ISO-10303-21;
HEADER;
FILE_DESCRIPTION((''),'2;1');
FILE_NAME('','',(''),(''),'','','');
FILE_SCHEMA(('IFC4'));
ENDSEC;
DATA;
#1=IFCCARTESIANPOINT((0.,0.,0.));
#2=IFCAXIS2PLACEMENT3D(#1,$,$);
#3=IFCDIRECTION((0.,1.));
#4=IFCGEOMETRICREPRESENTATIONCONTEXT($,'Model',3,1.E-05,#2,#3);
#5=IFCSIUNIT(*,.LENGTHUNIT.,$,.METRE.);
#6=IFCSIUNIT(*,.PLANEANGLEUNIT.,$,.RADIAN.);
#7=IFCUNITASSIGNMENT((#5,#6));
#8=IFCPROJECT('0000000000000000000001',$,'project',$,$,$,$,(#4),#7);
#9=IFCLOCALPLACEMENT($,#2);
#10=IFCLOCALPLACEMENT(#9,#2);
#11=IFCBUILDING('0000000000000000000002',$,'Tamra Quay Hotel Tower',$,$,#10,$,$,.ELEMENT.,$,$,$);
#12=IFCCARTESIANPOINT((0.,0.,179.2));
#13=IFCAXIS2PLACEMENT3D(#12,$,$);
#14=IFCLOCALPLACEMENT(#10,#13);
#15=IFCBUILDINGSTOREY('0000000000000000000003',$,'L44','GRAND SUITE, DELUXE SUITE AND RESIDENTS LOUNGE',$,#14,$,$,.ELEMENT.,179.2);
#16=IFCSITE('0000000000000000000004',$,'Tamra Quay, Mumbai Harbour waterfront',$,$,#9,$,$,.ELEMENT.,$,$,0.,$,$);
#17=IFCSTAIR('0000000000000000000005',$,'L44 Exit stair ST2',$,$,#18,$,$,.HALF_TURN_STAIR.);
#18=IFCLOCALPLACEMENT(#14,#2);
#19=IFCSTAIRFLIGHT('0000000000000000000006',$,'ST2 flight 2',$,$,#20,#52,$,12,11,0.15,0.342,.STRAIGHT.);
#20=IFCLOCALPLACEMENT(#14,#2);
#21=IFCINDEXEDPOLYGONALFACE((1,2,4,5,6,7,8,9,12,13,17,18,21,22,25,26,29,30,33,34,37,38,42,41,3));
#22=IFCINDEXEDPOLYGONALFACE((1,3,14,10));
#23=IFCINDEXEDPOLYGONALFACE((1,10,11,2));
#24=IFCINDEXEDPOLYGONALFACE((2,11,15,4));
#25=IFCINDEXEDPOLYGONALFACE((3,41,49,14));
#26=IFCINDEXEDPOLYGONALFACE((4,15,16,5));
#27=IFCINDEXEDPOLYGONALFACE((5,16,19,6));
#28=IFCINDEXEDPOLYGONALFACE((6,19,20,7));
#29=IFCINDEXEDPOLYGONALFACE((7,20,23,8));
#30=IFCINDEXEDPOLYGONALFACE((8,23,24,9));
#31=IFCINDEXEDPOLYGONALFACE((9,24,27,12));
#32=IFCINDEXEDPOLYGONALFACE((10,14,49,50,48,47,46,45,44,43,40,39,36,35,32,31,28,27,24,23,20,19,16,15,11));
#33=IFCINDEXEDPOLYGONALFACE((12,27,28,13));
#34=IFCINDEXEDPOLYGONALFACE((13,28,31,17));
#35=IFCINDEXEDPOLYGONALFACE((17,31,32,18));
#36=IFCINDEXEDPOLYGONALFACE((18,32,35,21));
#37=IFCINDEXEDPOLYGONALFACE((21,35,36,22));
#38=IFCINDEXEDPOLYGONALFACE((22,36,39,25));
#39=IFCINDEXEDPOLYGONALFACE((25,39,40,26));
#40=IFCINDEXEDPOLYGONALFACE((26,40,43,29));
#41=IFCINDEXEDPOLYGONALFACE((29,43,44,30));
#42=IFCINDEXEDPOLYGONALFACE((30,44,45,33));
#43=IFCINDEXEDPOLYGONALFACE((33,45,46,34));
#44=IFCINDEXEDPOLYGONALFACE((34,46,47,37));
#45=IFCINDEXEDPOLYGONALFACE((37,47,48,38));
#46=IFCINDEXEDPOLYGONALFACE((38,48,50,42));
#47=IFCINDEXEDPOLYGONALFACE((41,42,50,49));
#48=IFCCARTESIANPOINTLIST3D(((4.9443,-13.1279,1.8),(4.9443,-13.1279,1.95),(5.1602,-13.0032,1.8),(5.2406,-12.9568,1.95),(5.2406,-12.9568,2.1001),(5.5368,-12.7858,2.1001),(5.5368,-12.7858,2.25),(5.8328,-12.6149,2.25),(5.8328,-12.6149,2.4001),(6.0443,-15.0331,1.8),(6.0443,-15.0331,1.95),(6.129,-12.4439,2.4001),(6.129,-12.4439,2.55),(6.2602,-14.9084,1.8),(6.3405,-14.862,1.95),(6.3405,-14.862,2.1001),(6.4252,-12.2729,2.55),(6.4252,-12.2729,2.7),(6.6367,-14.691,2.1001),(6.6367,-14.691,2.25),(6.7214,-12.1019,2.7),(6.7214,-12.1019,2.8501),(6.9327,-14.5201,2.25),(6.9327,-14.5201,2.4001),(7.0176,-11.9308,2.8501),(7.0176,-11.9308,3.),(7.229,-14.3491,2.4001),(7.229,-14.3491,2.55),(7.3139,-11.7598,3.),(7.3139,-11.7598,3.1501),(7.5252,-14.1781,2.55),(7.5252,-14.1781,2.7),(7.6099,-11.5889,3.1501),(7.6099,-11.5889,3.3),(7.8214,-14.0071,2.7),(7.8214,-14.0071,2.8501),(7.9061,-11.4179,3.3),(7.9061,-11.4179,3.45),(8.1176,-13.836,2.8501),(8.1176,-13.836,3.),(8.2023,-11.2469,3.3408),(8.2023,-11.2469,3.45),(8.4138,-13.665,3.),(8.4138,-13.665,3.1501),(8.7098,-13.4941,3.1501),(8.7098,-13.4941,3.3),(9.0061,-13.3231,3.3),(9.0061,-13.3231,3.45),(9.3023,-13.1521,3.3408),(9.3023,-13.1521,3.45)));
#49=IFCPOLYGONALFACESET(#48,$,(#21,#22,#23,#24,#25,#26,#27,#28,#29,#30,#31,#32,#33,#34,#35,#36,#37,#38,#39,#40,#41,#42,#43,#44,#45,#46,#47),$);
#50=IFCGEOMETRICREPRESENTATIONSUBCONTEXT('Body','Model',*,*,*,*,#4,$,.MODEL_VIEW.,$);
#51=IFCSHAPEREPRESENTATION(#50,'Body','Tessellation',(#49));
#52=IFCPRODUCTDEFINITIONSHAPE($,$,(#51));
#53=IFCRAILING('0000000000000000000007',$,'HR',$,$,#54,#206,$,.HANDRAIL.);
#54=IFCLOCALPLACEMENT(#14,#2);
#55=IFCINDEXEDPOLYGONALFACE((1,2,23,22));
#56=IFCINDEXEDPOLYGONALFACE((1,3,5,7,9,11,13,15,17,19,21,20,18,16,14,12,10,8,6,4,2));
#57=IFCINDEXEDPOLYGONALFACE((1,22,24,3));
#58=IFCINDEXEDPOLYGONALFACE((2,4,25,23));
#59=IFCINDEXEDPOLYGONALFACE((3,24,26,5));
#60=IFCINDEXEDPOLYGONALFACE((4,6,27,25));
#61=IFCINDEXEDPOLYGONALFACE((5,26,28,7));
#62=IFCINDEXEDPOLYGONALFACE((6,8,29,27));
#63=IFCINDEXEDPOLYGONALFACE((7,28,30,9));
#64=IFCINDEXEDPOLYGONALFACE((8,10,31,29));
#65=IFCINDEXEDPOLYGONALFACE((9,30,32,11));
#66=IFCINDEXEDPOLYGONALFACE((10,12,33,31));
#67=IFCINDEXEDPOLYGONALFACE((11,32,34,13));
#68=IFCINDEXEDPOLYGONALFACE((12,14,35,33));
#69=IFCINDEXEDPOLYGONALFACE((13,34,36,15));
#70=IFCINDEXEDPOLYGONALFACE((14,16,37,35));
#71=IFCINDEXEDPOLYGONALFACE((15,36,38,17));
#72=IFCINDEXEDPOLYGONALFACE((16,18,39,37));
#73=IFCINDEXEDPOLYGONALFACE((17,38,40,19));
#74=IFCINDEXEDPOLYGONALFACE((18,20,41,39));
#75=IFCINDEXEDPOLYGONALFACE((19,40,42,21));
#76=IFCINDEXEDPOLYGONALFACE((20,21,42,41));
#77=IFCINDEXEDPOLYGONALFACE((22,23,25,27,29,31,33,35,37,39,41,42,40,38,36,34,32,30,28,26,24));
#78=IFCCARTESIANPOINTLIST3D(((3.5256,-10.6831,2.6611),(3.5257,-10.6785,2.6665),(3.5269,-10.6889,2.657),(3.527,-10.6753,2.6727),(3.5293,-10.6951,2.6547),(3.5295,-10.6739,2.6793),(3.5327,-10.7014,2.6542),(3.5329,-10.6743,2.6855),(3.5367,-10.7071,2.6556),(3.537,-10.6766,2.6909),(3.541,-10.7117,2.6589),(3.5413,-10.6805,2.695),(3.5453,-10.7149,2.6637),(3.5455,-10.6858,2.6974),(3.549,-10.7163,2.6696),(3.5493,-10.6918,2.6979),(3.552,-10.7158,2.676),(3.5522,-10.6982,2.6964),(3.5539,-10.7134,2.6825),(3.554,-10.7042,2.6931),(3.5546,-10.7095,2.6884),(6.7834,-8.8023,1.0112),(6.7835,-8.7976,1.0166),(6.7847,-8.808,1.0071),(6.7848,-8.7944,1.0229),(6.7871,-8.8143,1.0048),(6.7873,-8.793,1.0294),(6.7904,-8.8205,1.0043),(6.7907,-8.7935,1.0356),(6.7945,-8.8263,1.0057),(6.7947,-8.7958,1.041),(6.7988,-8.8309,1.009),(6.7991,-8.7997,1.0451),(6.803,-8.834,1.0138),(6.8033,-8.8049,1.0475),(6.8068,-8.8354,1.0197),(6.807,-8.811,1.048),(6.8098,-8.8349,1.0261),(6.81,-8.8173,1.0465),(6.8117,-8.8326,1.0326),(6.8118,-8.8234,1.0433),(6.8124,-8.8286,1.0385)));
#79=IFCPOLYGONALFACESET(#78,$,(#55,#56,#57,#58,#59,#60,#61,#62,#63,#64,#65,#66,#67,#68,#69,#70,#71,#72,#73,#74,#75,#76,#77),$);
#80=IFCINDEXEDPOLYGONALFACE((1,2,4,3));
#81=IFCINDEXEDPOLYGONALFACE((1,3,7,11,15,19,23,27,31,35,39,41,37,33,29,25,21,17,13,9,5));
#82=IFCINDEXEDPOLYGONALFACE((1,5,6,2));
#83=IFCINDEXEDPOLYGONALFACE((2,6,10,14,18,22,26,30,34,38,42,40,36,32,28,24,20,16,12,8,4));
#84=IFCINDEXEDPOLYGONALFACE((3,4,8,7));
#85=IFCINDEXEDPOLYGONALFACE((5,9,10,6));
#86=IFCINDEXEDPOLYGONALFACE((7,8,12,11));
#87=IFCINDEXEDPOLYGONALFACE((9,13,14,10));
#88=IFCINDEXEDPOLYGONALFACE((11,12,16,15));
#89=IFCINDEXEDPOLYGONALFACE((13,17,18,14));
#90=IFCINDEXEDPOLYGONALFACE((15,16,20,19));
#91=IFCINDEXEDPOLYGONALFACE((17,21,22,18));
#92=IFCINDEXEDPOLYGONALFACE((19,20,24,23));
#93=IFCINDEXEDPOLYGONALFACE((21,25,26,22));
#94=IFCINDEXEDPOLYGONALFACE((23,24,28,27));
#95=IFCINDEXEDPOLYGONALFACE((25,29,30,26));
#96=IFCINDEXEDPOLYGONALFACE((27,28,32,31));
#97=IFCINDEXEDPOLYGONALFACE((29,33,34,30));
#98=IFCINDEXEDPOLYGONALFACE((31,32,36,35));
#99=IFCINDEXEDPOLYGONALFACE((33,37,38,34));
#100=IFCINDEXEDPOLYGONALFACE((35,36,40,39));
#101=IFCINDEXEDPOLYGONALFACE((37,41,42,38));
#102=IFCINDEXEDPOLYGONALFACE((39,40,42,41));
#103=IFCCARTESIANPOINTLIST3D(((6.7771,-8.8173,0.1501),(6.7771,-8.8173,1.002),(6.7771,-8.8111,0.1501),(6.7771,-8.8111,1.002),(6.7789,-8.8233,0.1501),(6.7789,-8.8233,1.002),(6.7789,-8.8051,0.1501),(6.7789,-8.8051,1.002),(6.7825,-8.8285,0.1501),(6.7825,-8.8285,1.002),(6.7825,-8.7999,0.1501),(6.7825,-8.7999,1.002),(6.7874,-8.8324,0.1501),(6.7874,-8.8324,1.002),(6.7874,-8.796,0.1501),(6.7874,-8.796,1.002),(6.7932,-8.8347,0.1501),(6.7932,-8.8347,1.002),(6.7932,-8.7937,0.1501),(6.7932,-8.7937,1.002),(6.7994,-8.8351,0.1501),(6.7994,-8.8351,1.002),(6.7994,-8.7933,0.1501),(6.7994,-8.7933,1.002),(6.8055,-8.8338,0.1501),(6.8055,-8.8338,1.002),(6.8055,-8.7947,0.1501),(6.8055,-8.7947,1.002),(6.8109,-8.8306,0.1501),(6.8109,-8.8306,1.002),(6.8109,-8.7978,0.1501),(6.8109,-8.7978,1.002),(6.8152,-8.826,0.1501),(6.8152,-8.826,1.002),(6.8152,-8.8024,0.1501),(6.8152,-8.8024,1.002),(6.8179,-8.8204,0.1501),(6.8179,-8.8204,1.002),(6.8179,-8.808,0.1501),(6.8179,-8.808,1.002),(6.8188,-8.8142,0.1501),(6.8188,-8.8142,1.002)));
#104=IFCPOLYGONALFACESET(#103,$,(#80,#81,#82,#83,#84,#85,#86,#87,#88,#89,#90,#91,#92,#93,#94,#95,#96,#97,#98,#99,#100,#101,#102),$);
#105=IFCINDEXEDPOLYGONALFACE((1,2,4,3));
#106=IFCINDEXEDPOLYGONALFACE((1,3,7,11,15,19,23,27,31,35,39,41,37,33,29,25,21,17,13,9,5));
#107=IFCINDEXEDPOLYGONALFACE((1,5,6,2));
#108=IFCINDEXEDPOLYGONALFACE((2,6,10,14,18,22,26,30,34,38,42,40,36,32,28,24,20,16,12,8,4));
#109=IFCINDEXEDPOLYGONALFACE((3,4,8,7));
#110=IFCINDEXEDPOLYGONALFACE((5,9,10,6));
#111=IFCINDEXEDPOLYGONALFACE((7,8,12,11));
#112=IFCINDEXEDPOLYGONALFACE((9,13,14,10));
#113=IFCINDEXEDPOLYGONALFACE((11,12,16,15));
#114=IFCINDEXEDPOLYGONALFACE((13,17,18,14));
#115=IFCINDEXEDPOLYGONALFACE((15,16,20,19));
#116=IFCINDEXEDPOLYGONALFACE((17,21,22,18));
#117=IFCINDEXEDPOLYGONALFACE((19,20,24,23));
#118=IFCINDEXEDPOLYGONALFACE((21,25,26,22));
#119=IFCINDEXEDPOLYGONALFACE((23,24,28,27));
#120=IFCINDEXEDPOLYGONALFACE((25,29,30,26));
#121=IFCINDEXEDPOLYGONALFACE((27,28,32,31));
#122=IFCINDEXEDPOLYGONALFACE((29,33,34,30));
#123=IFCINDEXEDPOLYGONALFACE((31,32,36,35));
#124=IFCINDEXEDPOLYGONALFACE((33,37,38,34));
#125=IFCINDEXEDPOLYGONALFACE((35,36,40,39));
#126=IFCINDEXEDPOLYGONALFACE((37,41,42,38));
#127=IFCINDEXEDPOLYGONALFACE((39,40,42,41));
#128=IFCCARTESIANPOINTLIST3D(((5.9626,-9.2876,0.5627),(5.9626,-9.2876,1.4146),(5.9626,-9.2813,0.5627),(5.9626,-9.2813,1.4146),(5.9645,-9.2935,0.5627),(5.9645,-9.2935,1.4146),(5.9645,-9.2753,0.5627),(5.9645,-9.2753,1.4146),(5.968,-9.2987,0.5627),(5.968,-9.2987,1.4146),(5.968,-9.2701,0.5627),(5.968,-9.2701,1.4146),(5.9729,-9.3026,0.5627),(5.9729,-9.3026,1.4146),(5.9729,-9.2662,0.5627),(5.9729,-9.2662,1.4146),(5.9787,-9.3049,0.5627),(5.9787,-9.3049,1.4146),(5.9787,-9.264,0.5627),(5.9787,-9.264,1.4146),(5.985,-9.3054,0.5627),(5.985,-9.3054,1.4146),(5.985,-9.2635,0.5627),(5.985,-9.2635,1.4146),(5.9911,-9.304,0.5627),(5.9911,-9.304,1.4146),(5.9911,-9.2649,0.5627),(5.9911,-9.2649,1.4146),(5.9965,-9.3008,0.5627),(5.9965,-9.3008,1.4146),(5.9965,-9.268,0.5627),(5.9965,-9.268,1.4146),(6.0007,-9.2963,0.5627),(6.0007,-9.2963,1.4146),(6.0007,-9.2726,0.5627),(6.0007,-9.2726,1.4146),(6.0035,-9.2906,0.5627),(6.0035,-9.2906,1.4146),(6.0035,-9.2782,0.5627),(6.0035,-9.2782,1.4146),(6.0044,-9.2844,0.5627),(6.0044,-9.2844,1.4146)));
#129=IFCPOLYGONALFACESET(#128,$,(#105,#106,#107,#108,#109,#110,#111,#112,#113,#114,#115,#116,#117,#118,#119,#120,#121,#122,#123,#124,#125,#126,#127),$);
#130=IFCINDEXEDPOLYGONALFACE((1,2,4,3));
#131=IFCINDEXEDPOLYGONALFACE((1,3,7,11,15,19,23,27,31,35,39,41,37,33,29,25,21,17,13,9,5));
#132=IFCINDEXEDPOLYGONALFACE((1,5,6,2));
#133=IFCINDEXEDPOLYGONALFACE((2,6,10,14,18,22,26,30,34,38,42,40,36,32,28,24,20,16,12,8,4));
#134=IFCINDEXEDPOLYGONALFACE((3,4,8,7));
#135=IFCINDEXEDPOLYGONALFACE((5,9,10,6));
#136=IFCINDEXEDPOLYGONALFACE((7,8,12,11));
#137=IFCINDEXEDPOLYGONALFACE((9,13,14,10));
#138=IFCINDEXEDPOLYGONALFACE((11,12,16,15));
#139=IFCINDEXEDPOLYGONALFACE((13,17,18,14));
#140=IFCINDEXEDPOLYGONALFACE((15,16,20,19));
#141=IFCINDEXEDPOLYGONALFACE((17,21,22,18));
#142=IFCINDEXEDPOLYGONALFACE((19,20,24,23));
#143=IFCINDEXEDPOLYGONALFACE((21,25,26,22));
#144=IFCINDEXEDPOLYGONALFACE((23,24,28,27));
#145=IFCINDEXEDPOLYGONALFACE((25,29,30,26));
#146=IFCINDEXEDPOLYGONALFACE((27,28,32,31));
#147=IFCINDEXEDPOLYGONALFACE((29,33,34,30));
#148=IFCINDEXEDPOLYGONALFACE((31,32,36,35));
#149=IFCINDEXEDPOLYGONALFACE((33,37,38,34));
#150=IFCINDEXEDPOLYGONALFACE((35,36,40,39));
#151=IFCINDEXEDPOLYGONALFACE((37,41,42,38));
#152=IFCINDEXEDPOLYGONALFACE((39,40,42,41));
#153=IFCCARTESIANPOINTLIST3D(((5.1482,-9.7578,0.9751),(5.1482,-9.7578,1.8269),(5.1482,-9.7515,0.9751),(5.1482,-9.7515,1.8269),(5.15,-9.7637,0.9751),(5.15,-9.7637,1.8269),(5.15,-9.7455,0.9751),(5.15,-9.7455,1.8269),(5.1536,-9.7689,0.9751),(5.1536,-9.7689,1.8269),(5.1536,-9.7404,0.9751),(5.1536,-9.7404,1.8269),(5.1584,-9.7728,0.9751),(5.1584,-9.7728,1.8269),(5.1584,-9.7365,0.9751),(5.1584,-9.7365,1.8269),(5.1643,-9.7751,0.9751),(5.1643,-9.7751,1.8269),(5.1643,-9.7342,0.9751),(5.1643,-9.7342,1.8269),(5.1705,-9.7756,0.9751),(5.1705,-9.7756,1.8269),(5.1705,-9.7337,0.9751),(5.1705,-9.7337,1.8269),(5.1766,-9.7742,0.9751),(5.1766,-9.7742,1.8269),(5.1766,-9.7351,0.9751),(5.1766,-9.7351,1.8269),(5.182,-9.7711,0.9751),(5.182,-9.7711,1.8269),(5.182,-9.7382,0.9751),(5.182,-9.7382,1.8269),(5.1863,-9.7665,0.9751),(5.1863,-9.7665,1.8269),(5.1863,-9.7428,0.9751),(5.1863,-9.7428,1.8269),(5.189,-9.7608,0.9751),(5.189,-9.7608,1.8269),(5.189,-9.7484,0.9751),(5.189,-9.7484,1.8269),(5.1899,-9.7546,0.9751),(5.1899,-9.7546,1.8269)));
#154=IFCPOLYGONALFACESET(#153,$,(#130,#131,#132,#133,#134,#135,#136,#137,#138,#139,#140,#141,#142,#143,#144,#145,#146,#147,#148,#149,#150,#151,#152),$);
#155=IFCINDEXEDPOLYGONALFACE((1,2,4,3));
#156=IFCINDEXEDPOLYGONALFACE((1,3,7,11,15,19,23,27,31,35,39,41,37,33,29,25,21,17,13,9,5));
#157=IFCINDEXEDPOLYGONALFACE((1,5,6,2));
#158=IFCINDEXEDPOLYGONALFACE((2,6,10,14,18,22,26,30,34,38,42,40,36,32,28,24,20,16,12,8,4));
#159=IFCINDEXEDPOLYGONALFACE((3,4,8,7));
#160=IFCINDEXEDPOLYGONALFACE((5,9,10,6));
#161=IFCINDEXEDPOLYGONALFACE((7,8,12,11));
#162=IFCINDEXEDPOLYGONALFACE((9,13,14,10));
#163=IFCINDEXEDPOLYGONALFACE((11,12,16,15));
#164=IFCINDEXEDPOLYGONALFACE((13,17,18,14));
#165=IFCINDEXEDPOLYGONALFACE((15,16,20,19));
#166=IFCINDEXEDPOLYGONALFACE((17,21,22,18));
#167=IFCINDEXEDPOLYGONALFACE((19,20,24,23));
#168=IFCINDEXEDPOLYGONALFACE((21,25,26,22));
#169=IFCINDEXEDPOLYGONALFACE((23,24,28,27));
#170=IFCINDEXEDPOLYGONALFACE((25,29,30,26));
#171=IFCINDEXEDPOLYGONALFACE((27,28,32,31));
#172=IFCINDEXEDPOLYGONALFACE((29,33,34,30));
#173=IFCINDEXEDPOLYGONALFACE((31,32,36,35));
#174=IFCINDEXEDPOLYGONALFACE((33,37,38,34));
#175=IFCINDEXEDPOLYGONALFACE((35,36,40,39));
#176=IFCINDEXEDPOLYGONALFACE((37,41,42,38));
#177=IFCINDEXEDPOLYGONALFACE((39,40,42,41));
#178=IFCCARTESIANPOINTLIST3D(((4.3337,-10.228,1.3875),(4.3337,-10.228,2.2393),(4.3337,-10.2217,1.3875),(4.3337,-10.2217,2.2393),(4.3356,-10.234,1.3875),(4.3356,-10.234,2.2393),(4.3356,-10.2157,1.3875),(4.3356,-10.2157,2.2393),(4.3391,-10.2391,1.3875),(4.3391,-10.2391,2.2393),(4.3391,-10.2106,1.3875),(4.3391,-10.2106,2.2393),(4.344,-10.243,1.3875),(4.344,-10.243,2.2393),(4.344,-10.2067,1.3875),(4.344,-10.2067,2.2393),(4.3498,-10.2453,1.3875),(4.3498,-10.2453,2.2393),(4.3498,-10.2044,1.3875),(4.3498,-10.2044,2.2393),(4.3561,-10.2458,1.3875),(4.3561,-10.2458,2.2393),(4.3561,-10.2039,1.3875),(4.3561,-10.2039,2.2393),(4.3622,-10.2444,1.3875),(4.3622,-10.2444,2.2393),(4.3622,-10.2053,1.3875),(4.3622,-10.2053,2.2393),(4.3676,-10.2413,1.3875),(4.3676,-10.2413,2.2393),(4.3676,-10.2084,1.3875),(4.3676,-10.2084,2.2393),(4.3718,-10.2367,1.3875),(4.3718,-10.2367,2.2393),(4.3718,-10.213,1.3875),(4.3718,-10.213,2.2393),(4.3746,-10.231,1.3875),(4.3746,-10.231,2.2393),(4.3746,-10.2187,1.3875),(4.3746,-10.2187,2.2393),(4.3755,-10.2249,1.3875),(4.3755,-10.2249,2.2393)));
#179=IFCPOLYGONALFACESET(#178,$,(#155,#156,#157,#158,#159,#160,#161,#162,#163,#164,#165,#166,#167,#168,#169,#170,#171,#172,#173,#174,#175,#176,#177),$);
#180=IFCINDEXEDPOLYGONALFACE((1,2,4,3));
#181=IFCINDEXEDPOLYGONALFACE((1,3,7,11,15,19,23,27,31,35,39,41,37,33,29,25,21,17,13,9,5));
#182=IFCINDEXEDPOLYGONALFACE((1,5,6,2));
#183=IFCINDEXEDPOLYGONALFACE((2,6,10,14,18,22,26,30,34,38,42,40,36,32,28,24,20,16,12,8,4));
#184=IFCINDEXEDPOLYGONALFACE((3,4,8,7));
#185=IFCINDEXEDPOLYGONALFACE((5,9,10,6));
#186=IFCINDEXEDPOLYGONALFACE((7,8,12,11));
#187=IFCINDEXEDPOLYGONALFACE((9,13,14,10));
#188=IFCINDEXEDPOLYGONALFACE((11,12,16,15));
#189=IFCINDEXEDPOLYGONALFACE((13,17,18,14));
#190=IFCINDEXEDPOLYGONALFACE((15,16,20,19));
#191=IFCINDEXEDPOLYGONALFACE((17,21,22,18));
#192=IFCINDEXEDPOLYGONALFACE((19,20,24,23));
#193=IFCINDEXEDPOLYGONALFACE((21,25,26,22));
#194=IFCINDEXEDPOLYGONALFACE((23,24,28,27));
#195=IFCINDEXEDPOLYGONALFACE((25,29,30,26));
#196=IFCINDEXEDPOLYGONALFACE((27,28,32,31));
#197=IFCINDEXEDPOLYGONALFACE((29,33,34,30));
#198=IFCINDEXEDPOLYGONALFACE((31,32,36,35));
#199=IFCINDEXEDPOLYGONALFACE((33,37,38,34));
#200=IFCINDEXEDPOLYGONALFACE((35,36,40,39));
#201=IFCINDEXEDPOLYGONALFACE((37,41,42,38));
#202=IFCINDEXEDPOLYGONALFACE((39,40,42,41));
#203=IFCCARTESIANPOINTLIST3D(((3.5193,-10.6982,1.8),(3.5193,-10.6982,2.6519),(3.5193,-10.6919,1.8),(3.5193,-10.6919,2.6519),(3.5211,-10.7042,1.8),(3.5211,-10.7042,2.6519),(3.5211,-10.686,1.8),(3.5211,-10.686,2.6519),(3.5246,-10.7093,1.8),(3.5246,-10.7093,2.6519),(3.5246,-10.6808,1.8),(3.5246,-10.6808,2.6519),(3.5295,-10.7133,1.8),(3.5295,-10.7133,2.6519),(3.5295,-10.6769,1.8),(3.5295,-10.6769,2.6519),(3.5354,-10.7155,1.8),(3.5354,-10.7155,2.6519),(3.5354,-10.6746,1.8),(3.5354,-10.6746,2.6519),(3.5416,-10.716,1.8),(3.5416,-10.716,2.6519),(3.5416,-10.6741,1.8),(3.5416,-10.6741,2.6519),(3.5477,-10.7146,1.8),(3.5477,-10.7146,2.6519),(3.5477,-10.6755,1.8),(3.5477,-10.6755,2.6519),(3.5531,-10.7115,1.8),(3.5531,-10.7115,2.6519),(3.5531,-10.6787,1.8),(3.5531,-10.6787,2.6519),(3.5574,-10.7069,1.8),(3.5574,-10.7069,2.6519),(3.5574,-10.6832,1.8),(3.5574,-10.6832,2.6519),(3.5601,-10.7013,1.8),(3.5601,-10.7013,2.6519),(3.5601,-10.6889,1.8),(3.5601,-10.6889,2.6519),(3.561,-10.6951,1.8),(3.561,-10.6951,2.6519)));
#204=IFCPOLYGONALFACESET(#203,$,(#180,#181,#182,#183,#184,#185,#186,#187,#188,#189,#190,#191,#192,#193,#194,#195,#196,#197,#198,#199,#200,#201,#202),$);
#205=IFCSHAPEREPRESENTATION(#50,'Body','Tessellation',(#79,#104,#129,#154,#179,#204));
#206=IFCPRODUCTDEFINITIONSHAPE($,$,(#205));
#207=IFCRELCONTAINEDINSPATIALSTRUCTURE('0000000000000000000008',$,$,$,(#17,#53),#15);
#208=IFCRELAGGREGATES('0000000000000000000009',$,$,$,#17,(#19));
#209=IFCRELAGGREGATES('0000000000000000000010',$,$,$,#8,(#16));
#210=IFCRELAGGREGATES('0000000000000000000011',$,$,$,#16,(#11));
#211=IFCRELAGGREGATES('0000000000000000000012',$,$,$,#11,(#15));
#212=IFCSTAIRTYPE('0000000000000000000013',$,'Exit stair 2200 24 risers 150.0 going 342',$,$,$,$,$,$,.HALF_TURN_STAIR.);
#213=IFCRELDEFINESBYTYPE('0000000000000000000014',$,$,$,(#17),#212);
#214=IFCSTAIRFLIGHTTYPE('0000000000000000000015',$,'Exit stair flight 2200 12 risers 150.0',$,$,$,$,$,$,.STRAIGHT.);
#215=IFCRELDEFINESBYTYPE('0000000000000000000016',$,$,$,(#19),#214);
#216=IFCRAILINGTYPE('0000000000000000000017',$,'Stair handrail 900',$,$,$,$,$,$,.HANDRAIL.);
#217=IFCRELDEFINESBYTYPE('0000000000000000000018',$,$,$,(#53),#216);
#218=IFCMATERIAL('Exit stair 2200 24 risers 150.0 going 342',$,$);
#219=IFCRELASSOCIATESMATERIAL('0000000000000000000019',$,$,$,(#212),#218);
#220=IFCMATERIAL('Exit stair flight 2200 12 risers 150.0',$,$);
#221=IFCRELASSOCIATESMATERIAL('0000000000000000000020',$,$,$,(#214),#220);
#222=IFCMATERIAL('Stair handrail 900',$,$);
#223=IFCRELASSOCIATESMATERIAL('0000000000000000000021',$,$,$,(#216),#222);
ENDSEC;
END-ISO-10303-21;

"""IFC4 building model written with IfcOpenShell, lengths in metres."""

from ifc_helpers import new_model, si_unit, direction, frame, origin, origin_2d, place, context, subcontext, project, spatial, polyline, circle, outline, extrude, material, type_object, element, aggregate, save


model = new_model("IFC4")

# Units and contexts
model_context = context("Model", 3, precision=1e-05, world=origin(), true_north=direction((0.0, 1.0)))
body_context = subcontext(model_context, "Body", "Model", "MODEL_VIEW")
ifc_project = project(units=[si_unit("LENGTHUNIT", "METRE"), si_unit("PLANEANGLEUNIT", "RADIAN")], contexts=[model_context])

# Site, building, storey
site_placement = place(None, origin())
site = spatial("IfcSite", under=ifc_project, at=site_placement, Name="Tamra Quay, Mumbai Harbour waterfront", CompositionType="ELEMENT", RefElevation=0.0)
building_placement = place(site_placement, origin())
building = spatial("IfcBuilding", under=site, at=building_placement, Name="Tamra Quay Hotel Tower", CompositionType="ELEMENT")
storey_placement = place(building_placement, frame((0.0, 0.0, 179.2)))
storey = spatial("IfcBuildingStorey", under=building, at=storey_placement, Name="L44", Description="GRAND SUITE, DELUXE SUITE AND RESIDENTS LOUNGE", CompositionType="ELEMENT", Elevation=179.2)

# Stair, stair flight
ifc_material_1 = material(Name="Exit stair 2200 24 risers 150.0 going 342")
stair_type = type_object("IfcStairType", Name="Exit stair 2200 24 risers 150.0 going 342", PredefinedType="HALF_TURN_STAIR", material=ifc_material_1)
stair_placement = place(storey_placement, origin())
stair = element("IfcStair", 1, at=stair_placement, inside=storey, type_object=stair_type, Name="L44 Exit stair ST2", PredefinedType="HALF_TURN_STAIR")
ifc_material_2 = material(Name="Exit stair flight 2200 12 risers 150.0")
stair_flight_type = type_object("IfcStairFlightType", Name="Exit stair flight 2200 12 risers 150.0", PredefinedType="STRAIGHT", material=ifc_material_2)
stair_flight_1_placement = place(storey_placement, frame((5.4944, -14.0806, 1.8), z_axis=(0.0, 0.0, 1.0), x_axis=(0.866025, 0.5, 0.0)))
stair_flight_1 = element("IfcStairFlight", 2, at=stair_flight_1_placement, type_object=stair_flight_type, Name="ST2 flight 2", NumberOfRisers=12, NumberOfTreads=11, PredefinedType="STRAIGHT", RiserHeight=0.15, TreadLength=0.342, context=body_context, shape_type="SweptSolid", body=[
    extrude(outline(polyline([(0.0, 0.0), (0.0, 0.1499), (0.342, 0.1499), (0.342, 0.3), (0.6841, 0.3), (0.6841, 0.45), (1.0259, 0.45), (1.0259, 0.6001), (1.3679, 0.6001), (1.3679, 0.75), (1.71, 0.75), (1.71, 0.8999), (2.052, 0.8999), (2.052, 1.05), (2.394, 1.05), (2.394, 1.2), (2.7361, 1.2), (2.7361, 1.3501), (3.0779, 1.3501), (3.0779, 1.5), (3.4199, 1.5), (3.4199, 1.6499), (3.762, 1.6499), (3.762, 1.8), (3.762, 1.5408), (0.2493, 0.0), (0.0, 0.0)])), frame((0.0, 1.1001, 0.0), z_axis=(0.0, -1.0, 0.0), x_axis=(1.0, 0.0, 0.0)), (0.0, 0.0, 1.0), 2.2),
])
aggregate(stair, [stair_flight_1])

# Railing
ifc_material_3 = material(Name="Stair handrail 900")
railing_type_1 = type_object("IfcRailingType", Name="Stair handrail 900", PredefinedType="HANDRAIL", material=ifc_material_3)
railing_1_placement = place(storey_placement, frame((6.7979, -8.8142, 0.1501)))
element("IfcRailing", 3, at=railing_1_placement, inside=storey, type_object=railing_type_1, Name="HR", PredefinedType="HANDRAIL", context=body_context, shape_type="SweptSolid", body=[
    extrude(circle(Radius=0.0239, at=origin_2d()), frame((0.0, 0.0, 0.876), z_axis=(-0.7931, -0.457887, 0.401661), x_axis=(0.499992, -0.86603, 0.0)), (0.0, 0.0, 1.0), 4.1077),
    extrude(circle(Radius=0.021, at=origin_2d()), origin(), (0.0, 0.0, 1.0), 0.8518),
    extrude(circle(Radius=0.021, at=origin_2d()), frame((-0.8145, -0.4702, 0.4126)), (0.0, 0.0, 1.0), 0.8518),
    extrude(circle(Radius=0.021, at=origin_2d()), frame((-1.6289, -0.9404, 0.825)), (0.0, 0.0, 1.0), 0.8518),
    extrude(circle(Radius=0.021, at=origin_2d()), frame((-2.4434, -1.4106, 1.2373)), (0.0, 0.0, 1.0), 0.8518),
    extrude(circle(Radius=0.021, at=origin_2d()), frame((-3.2578, -1.8809, 1.6499)), (0.0, 0.0, 1.0), 0.8518),
])

save(model, "model.ifc")
